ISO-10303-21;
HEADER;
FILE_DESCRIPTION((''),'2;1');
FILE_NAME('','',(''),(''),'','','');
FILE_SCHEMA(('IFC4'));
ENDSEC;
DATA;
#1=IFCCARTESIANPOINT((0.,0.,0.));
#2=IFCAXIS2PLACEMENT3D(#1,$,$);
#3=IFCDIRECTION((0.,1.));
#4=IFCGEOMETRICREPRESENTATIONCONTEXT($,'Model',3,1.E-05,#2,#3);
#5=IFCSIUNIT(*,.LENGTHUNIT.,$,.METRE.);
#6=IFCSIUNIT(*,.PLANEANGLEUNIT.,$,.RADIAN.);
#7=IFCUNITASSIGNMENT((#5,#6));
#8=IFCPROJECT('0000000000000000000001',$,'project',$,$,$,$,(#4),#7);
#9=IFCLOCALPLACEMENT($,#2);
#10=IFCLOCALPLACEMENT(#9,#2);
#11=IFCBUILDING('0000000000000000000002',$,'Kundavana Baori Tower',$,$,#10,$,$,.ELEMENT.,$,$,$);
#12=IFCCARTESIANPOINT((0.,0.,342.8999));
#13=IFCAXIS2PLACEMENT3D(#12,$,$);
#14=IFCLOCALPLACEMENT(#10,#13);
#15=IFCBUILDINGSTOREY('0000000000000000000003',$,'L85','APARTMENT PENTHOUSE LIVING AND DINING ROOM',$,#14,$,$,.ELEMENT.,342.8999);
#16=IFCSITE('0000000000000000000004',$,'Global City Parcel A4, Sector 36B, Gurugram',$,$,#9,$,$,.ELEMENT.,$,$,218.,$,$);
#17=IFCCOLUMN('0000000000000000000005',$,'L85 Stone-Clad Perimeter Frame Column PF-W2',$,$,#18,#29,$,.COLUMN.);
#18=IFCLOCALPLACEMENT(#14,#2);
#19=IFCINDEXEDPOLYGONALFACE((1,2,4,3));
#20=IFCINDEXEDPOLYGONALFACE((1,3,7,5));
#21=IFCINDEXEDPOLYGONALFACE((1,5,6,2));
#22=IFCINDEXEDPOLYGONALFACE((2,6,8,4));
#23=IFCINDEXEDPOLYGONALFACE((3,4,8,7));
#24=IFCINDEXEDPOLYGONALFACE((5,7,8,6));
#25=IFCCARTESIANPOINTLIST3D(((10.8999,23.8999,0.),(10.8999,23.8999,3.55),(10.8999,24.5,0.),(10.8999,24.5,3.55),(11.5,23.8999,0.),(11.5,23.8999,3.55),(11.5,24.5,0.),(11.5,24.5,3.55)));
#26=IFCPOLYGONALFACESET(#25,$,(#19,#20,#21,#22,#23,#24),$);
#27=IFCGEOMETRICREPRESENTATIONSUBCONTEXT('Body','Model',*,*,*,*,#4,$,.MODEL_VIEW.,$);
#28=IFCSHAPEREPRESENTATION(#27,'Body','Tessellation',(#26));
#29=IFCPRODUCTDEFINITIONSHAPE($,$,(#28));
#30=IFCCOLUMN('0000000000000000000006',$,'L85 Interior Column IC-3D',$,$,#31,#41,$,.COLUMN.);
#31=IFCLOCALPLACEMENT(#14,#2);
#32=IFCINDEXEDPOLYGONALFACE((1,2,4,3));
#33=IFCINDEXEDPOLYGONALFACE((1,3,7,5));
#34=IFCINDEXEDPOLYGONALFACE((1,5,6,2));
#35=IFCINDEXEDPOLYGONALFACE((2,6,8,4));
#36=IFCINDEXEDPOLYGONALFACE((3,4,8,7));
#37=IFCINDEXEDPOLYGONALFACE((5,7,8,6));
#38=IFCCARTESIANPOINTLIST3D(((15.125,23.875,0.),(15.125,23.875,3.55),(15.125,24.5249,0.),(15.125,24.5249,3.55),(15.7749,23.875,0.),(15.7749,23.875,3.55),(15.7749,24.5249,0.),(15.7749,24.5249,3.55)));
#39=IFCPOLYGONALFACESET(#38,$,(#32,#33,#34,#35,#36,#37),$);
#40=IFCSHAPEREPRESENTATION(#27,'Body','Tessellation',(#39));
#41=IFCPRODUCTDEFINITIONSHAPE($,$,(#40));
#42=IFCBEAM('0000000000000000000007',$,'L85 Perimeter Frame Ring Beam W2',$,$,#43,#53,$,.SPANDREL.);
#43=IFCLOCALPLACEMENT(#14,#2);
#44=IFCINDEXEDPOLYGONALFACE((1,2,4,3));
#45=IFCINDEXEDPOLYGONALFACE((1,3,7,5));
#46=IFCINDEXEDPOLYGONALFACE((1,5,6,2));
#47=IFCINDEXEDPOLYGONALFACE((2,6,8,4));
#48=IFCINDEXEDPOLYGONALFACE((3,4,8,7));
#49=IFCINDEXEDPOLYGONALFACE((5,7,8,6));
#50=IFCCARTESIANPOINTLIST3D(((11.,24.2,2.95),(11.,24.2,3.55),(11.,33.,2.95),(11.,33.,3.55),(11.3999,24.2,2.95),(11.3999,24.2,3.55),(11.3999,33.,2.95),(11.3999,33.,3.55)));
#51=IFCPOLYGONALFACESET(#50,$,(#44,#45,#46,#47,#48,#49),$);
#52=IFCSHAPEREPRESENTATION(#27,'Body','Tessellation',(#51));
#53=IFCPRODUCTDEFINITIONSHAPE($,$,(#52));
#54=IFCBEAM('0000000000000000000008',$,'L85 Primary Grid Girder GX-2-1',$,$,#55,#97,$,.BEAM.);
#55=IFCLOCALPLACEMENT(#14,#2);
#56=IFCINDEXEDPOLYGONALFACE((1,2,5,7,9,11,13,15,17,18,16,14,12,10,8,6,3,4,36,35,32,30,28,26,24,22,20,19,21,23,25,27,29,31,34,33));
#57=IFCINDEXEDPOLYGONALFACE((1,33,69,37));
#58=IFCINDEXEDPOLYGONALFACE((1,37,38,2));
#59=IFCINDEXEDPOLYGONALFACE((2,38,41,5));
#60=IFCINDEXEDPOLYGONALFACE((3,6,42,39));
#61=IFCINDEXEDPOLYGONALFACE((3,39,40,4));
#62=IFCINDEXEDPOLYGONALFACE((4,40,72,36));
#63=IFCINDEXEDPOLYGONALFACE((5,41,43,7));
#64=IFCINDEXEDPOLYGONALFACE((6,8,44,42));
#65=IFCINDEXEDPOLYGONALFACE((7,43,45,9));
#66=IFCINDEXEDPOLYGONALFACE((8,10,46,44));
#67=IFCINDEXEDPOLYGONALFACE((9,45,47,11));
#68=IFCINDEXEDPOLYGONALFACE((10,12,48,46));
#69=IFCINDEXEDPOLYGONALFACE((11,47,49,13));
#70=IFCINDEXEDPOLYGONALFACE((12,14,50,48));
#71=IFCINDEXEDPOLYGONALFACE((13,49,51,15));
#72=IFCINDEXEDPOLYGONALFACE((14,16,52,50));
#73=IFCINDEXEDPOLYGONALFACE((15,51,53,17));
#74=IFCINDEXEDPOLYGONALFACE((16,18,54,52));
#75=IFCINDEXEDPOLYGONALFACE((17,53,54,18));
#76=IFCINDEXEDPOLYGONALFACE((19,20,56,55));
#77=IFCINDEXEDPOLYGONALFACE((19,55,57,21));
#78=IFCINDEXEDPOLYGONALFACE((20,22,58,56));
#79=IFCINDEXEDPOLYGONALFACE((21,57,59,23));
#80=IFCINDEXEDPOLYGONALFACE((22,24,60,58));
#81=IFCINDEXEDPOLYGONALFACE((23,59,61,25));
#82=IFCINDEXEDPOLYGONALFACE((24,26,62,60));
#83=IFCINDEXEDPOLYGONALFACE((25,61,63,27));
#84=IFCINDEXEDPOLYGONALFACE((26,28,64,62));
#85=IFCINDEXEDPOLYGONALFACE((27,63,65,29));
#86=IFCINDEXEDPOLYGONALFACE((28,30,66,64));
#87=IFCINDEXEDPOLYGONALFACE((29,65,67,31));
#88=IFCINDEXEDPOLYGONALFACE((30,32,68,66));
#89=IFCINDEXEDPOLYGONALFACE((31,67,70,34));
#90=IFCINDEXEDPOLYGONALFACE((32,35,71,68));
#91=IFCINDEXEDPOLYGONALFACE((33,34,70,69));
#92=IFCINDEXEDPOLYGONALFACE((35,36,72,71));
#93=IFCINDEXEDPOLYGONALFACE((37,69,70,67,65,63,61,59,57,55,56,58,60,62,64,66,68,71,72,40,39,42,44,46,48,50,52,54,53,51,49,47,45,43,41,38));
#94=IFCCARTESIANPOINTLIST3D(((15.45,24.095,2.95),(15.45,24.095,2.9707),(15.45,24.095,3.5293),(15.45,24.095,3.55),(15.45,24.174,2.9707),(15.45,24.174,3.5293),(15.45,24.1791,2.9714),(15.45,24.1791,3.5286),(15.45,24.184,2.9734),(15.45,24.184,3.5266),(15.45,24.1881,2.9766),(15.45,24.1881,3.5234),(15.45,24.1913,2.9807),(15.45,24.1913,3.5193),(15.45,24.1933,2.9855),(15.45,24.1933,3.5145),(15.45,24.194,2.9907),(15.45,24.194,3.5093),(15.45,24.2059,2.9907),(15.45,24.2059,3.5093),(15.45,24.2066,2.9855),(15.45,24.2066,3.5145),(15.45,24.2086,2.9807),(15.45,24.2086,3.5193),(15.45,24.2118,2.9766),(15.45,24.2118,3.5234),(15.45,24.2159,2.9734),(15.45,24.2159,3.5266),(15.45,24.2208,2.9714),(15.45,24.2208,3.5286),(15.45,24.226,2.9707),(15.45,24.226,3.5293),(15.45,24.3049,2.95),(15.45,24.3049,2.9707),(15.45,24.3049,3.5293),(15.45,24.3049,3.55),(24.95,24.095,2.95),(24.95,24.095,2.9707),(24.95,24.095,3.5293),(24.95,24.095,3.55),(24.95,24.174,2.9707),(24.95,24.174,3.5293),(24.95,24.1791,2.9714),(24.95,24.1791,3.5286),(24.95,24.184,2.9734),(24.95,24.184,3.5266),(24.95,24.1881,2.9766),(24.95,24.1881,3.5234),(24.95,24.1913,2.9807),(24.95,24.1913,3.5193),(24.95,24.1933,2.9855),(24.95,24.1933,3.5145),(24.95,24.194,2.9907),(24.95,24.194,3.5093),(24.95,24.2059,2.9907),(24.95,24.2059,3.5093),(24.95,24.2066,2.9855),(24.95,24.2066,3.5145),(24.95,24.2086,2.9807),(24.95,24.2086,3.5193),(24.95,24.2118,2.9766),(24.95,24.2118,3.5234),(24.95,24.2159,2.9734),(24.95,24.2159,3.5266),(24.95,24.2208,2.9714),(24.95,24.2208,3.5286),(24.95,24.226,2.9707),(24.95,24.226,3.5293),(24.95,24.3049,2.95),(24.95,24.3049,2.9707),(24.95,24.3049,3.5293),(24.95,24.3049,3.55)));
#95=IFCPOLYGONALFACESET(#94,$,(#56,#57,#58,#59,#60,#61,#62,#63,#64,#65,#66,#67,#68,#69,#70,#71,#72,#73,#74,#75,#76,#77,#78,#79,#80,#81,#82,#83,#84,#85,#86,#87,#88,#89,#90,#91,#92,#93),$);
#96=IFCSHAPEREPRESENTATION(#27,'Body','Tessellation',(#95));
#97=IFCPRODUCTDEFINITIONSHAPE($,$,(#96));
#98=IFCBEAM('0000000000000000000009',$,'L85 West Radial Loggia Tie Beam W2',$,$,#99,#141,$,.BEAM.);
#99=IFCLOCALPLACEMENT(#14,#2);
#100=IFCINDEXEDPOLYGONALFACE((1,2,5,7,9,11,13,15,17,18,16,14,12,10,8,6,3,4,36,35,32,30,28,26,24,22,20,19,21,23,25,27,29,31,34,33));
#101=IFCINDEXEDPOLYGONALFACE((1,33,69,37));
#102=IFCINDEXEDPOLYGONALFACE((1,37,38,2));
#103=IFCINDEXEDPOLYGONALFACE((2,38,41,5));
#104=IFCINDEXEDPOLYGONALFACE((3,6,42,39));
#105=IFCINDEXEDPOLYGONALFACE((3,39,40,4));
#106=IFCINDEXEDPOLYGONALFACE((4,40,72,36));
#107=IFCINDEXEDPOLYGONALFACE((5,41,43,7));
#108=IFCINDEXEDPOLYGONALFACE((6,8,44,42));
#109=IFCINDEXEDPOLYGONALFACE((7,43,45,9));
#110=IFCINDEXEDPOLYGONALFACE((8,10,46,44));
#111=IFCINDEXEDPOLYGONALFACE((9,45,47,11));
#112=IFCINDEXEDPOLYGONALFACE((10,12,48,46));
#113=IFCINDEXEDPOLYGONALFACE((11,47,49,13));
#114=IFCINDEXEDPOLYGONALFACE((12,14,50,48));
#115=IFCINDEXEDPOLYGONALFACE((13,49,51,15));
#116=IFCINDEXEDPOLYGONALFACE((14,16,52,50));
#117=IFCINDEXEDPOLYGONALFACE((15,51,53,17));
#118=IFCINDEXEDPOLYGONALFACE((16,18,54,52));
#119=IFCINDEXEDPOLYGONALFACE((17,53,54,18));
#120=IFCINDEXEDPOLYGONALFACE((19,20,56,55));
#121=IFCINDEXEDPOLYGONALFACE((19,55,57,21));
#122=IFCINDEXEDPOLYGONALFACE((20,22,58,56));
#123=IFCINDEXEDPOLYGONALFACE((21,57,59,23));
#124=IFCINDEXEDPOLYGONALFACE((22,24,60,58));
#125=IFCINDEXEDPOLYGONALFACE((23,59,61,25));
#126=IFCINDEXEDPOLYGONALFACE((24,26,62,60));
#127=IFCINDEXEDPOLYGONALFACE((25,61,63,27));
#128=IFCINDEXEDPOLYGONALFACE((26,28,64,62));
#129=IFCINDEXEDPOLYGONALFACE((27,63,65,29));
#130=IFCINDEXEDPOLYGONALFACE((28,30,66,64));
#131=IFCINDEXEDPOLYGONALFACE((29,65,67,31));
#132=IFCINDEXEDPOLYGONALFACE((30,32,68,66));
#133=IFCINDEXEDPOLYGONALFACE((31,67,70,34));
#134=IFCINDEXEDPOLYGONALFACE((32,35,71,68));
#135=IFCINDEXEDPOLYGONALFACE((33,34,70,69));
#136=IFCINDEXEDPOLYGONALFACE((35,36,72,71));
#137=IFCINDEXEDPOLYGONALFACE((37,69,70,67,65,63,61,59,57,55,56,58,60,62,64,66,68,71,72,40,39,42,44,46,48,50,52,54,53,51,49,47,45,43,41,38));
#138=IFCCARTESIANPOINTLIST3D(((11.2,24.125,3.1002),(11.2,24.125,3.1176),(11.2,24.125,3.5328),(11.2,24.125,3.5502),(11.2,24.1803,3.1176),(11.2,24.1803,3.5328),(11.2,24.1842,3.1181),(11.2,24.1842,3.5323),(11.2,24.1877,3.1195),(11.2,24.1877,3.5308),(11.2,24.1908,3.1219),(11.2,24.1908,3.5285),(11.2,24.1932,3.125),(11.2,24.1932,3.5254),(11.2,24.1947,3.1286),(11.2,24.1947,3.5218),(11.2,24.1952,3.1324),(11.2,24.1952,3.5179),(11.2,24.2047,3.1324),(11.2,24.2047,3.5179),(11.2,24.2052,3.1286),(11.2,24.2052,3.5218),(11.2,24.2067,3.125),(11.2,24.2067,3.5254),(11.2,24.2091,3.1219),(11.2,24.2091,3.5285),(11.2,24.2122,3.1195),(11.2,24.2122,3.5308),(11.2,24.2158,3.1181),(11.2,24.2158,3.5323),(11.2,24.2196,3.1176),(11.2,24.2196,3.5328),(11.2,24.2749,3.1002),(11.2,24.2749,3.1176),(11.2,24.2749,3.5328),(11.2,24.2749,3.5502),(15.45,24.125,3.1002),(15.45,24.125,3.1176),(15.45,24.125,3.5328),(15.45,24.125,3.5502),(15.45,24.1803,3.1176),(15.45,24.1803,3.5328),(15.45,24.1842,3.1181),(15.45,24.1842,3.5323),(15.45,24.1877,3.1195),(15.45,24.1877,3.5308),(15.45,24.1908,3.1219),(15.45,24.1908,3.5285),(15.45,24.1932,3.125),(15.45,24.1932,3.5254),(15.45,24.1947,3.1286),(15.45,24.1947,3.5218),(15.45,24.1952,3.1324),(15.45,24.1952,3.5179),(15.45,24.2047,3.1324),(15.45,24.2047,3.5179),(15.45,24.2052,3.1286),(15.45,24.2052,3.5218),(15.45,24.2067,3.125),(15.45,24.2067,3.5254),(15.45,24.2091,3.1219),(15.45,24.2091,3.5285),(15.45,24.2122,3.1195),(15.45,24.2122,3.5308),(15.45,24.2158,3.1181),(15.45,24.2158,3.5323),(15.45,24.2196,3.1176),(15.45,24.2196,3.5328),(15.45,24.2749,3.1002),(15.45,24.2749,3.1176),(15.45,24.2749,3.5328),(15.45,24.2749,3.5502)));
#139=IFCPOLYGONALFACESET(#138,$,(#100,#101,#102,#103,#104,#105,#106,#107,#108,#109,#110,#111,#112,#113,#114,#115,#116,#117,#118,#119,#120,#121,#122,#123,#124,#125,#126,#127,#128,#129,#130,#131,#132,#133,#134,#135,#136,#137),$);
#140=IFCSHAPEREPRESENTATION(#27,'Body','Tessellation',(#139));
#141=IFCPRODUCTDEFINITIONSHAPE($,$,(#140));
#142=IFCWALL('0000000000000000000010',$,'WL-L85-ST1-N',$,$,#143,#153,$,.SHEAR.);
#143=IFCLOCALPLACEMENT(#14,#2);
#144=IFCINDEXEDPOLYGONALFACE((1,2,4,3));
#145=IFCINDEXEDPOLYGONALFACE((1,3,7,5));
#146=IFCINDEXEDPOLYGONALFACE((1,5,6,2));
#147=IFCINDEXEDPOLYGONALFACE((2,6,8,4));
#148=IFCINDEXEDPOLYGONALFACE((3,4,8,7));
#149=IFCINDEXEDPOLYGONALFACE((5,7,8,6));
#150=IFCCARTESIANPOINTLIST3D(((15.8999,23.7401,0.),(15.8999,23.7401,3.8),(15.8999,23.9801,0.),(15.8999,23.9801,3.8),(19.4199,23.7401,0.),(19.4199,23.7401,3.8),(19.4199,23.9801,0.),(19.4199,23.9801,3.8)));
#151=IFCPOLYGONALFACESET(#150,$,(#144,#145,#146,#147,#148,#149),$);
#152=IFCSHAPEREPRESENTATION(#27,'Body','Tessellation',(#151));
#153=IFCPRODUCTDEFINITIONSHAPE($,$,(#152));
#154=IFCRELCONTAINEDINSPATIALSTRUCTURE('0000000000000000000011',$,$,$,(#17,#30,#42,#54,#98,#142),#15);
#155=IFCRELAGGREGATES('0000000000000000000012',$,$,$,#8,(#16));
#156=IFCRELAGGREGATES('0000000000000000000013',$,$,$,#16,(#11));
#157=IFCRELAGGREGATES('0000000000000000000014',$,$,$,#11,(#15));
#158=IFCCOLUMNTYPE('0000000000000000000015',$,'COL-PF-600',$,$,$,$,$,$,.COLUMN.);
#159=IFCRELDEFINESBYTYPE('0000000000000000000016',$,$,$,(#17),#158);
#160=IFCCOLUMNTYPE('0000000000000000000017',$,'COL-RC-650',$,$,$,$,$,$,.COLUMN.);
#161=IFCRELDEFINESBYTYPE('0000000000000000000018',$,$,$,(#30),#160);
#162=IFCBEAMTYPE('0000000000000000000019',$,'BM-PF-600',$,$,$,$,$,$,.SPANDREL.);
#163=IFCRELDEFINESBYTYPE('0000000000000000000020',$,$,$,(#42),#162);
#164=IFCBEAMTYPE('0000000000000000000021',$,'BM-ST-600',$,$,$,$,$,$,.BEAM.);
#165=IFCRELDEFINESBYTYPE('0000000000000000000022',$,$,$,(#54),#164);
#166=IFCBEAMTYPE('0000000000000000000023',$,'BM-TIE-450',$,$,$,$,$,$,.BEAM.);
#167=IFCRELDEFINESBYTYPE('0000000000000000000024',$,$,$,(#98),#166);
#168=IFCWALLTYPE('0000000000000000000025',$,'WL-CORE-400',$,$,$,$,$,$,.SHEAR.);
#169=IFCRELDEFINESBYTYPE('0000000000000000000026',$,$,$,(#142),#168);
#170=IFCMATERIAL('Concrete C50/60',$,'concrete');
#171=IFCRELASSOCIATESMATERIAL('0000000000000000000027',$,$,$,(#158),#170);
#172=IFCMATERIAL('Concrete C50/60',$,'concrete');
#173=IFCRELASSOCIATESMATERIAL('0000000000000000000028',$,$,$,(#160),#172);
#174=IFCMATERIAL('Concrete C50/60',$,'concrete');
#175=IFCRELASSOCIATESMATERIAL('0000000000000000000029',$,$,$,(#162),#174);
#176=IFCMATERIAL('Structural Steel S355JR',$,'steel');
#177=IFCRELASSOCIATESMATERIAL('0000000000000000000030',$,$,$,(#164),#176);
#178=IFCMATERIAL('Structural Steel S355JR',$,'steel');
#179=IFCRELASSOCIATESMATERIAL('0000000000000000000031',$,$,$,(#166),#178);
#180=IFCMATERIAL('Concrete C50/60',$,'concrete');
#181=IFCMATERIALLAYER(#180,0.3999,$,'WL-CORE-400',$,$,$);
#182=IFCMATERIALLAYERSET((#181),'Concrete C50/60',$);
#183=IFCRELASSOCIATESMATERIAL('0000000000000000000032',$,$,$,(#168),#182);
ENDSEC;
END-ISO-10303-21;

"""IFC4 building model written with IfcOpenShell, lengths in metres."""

from ifc_helpers import new_model, si_unit, direction, frame, frame_2d, origin, origin_2d, place, context, subcontext, project, spatial, rectangle, i_section, extrude, material, layer, layer_set, material_profile, profile_set, type_object, element, save


model = new_model("IFC4")

# Units and contexts
model_context = context("Model", 3, precision=1e-05, world=origin(), true_north=direction((0.0, 1.0)))
body_context = subcontext(model_context, "Body", "Model", "MODEL_VIEW")
ifc_project = project(units=[si_unit("LENGTHUNIT", "METRE"), si_unit("PLANEANGLEUNIT", "RADIAN")], contexts=[model_context])

# Site, building, storey
site_placement = place(None, origin())
site = spatial("IfcSite", under=ifc_project, at=site_placement, Name="Global City Parcel A4, Sector 36B, Gurugram", CompositionType="ELEMENT", RefElevation=218.0)
building_placement = place(site_placement, origin())
building = spatial("IfcBuilding", under=site, at=building_placement, Name="Kundavana Baori Tower", CompositionType="ELEMENT")
storey_placement = place(building_placement, frame((0.0, 0.0, 342.8999)))
storey = spatial("IfcBuildingStorey", under=building, at=storey_placement, Name="L85", Description="APARTMENT PENTHOUSE LIVING AND DINING ROOM", CompositionType="ELEMENT", Elevation=342.8999)

# Columns
ifc_material_1 = material(Name="Concrete C50/60", Category="concrete")
ifc_material_profile_1 = material_profile(ifc_material_1, rectangle(XDim=0.6001, YDim=0.6001, at=origin_2d()), Name="RC PF 600x600")
ifc_profile_set_1 = profile_set([ifc_material_profile_1], Name="Concrete C50/60")
column_type_1 = type_object("IfcColumnType", Name="COL-PF-600", PredefinedType="COLUMN", material=ifc_profile_set_1)
column_1_placement = place(storey_placement, frame((11.2, 24.2, 0.0), z_axis=(0.0, 0.0, 1.0), x_axis=(1.0, 0.0, 0.0)))
element("IfcColumn", 1, at=column_1_placement, inside=storey, type_object=column_type_1, Name="L85 Stone-Clad Perimeter Frame Column PF-W2", PredefinedType="COLUMN", context=body_context, shape_type="SweptSolid", body=[
    extrude(rectangle(XDim=0.6001, YDim=0.6001, at=origin_2d()), origin(), (0.0, 0.0, 1.0), 3.55),
])
ifc_material_2 = material(Name="Concrete C50/60", Category="concrete")
ifc_material_profile_2 = material_profile(ifc_material_2, rectangle(XDim=0.6499, YDim=0.6499, at=origin_2d()), Name="RC 650x650")
ifc_profile_set_2 = profile_set([ifc_material_profile_2], Name="Concrete C50/60")
column_type_2 = type_object("IfcColumnType", Name="COL-RC-650", PredefinedType="COLUMN", material=ifc_profile_set_2)
column_2_placement = place(storey_placement, frame((15.45, 24.2, 0.0), z_axis=(0.0, 0.0, 1.0), x_axis=(1.0, 0.0, 0.0)))
element("IfcColumn", 2, at=column_2_placement, inside=storey, type_object=column_type_2, Name="L85 Interior Column IC-3D", PredefinedType="COLUMN", context=body_context, shape_type="SweptSolid", body=[
    extrude(rectangle(XDim=0.6499, YDim=0.6499, at=origin_2d()), origin(), (0.0, 0.0, 1.0), 3.55),
])

# Beams
ifc_material_3 = material(Name="Concrete C50/60", Category="concrete")
ifc_material_profile_3 = material_profile(ifc_material_3, rectangle(XDim=0.3999, YDim=0.6001, at=origin_2d()), Name="RC BM 400x600")
ifc_profile_set_3 = profile_set([ifc_material_profile_3], Name="Concrete C50/60")
beam_type_1 = type_object("IfcBeamType", Name="BM-PF-600", PredefinedType="SPANDREL", material=ifc_profile_set_3)
beam_1_placement = place(storey_placement, frame((11.2, 24.2, 3.25), z_axis=(0.0, 1.0, 0.0), x_axis=(-1.0, 0.0, 0.0)))
element("IfcBeam", 3, at=beam_1_placement, inside=storey, type_object=beam_type_1, Name="L85 Perimeter Frame Ring Beam W2", PredefinedType="SPANDREL", context=body_context, shape_type="SweptSolid", body=[
    extrude(rectangle(XDim=0.3999, YDim=0.6001, at=origin_2d()), origin(), (0.0, 0.0, 1.0), 8.8),
])
ifc_material_4 = material(Name="Structural Steel S355JR", Category="steel")
ifc_material_profile_4 = material_profile(ifc_material_4, i_section(OverallWidth=0.21, OverallDepth=0.6001, WebThickness=0.012, FlangeThickness=0.0208, FilletRadius=0.02, at=origin_2d()), Name="ISMB 600")
ifc_profile_set_4 = profile_set([ifc_material_profile_4], Name="Structural Steel S355JR")
beam_type_2 = type_object("IfcBeamType", Name="BM-ST-600", PredefinedType="BEAM", material=ifc_profile_set_4)
beam_2_placement = place(storey_placement, frame((15.45, 24.2, 3.25), z_axis=(1.0, 0.0, 0.0), x_axis=(0.0, 1.0, 0.0)))
element("IfcBeam", 4, at=beam_2_placement, inside=storey, type_object=beam_type_2, Name="L85 Primary Grid Girder GX-2-1", PredefinedType="BEAM", context=body_context, shape_type="SweptSolid", body=[
    extrude(i_section(OverallWidth=0.21, OverallDepth=0.6001, WebThickness=0.012, FlangeThickness=0.0208, FilletRadius=0.02, at=origin_2d()), origin(), (0.0, 0.0, 1.0), 9.5),
])
ifc_material_5 = material(Name="Structural Steel S355JR", Category="steel")
ifc_material_profile_5 = material_profile(ifc_material_5, i_section(OverallWidth=0.1499, OverallDepth=0.45, WebThickness=0.0095, FlangeThickness=0.0173, FilletRadius=0.0149, at=origin_2d()), Name="ISMB 450")
ifc_profile_set_5 = profile_set([ifc_material_profile_5], Name="Structural Steel S355JR")
beam_type_3 = type_object("IfcBeamType", Name="BM-TIE-450", PredefinedType="BEAM", material=ifc_profile_set_5)
beam_3_placement = place(storey_placement, frame((15.45, 24.2, 3.3252), z_axis=(-1.0, 0.0, 0.0), x_axis=(0.0, -1.0, 0.0)))
element("IfcBeam", 5, at=beam_3_placement, inside=storey, type_object=beam_type_3, Name="L85 West Radial Loggia Tie Beam W2", PredefinedType="BEAM", context=body_context, shape_type="SweptSolid", body=[
    extrude(i_section(OverallWidth=0.1499, OverallDepth=0.45, WebThickness=0.0095, FlangeThickness=0.0173, FilletRadius=0.0149, at=origin_2d()), origin(), (0.0, 0.0, 1.0), 4.25),
])

# Wall
ifc_material_6 = material(Name="Concrete C50/60", Category="concrete")
ifc_layer_1 = layer(ifc_material_6, 0.3999, Name="WL-CORE-400")
ifc_layer_set_1 = layer_set([ifc_layer_1], Name="Concrete C50/60")
wall_type_1 = type_object("IfcWallType", Name="WL-CORE-400", PredefinedType="SHEAR", material=ifc_layer_set_1)
wall_1_placement = place(storey_placement, frame((15.8999, 23.8601, 0.0), z_axis=(0.0, 0.0, 1.0), x_axis=(1.0, 0.0, 0.0)))
element("IfcWall", 6, at=wall_1_placement, inside=storey, type_object=wall_type_1, Name="WL-L85-ST1-N", PredefinedType="SHEAR", context=body_context, shape_type="SweptSolid", body=[
    extrude(rectangle(XDim=3.52, YDim=0.24, at=frame_2d((1.76, 0.0))), origin(), (0.0, 0.0, 1.0), 3.8),
])

save(model, "model.ifc")
